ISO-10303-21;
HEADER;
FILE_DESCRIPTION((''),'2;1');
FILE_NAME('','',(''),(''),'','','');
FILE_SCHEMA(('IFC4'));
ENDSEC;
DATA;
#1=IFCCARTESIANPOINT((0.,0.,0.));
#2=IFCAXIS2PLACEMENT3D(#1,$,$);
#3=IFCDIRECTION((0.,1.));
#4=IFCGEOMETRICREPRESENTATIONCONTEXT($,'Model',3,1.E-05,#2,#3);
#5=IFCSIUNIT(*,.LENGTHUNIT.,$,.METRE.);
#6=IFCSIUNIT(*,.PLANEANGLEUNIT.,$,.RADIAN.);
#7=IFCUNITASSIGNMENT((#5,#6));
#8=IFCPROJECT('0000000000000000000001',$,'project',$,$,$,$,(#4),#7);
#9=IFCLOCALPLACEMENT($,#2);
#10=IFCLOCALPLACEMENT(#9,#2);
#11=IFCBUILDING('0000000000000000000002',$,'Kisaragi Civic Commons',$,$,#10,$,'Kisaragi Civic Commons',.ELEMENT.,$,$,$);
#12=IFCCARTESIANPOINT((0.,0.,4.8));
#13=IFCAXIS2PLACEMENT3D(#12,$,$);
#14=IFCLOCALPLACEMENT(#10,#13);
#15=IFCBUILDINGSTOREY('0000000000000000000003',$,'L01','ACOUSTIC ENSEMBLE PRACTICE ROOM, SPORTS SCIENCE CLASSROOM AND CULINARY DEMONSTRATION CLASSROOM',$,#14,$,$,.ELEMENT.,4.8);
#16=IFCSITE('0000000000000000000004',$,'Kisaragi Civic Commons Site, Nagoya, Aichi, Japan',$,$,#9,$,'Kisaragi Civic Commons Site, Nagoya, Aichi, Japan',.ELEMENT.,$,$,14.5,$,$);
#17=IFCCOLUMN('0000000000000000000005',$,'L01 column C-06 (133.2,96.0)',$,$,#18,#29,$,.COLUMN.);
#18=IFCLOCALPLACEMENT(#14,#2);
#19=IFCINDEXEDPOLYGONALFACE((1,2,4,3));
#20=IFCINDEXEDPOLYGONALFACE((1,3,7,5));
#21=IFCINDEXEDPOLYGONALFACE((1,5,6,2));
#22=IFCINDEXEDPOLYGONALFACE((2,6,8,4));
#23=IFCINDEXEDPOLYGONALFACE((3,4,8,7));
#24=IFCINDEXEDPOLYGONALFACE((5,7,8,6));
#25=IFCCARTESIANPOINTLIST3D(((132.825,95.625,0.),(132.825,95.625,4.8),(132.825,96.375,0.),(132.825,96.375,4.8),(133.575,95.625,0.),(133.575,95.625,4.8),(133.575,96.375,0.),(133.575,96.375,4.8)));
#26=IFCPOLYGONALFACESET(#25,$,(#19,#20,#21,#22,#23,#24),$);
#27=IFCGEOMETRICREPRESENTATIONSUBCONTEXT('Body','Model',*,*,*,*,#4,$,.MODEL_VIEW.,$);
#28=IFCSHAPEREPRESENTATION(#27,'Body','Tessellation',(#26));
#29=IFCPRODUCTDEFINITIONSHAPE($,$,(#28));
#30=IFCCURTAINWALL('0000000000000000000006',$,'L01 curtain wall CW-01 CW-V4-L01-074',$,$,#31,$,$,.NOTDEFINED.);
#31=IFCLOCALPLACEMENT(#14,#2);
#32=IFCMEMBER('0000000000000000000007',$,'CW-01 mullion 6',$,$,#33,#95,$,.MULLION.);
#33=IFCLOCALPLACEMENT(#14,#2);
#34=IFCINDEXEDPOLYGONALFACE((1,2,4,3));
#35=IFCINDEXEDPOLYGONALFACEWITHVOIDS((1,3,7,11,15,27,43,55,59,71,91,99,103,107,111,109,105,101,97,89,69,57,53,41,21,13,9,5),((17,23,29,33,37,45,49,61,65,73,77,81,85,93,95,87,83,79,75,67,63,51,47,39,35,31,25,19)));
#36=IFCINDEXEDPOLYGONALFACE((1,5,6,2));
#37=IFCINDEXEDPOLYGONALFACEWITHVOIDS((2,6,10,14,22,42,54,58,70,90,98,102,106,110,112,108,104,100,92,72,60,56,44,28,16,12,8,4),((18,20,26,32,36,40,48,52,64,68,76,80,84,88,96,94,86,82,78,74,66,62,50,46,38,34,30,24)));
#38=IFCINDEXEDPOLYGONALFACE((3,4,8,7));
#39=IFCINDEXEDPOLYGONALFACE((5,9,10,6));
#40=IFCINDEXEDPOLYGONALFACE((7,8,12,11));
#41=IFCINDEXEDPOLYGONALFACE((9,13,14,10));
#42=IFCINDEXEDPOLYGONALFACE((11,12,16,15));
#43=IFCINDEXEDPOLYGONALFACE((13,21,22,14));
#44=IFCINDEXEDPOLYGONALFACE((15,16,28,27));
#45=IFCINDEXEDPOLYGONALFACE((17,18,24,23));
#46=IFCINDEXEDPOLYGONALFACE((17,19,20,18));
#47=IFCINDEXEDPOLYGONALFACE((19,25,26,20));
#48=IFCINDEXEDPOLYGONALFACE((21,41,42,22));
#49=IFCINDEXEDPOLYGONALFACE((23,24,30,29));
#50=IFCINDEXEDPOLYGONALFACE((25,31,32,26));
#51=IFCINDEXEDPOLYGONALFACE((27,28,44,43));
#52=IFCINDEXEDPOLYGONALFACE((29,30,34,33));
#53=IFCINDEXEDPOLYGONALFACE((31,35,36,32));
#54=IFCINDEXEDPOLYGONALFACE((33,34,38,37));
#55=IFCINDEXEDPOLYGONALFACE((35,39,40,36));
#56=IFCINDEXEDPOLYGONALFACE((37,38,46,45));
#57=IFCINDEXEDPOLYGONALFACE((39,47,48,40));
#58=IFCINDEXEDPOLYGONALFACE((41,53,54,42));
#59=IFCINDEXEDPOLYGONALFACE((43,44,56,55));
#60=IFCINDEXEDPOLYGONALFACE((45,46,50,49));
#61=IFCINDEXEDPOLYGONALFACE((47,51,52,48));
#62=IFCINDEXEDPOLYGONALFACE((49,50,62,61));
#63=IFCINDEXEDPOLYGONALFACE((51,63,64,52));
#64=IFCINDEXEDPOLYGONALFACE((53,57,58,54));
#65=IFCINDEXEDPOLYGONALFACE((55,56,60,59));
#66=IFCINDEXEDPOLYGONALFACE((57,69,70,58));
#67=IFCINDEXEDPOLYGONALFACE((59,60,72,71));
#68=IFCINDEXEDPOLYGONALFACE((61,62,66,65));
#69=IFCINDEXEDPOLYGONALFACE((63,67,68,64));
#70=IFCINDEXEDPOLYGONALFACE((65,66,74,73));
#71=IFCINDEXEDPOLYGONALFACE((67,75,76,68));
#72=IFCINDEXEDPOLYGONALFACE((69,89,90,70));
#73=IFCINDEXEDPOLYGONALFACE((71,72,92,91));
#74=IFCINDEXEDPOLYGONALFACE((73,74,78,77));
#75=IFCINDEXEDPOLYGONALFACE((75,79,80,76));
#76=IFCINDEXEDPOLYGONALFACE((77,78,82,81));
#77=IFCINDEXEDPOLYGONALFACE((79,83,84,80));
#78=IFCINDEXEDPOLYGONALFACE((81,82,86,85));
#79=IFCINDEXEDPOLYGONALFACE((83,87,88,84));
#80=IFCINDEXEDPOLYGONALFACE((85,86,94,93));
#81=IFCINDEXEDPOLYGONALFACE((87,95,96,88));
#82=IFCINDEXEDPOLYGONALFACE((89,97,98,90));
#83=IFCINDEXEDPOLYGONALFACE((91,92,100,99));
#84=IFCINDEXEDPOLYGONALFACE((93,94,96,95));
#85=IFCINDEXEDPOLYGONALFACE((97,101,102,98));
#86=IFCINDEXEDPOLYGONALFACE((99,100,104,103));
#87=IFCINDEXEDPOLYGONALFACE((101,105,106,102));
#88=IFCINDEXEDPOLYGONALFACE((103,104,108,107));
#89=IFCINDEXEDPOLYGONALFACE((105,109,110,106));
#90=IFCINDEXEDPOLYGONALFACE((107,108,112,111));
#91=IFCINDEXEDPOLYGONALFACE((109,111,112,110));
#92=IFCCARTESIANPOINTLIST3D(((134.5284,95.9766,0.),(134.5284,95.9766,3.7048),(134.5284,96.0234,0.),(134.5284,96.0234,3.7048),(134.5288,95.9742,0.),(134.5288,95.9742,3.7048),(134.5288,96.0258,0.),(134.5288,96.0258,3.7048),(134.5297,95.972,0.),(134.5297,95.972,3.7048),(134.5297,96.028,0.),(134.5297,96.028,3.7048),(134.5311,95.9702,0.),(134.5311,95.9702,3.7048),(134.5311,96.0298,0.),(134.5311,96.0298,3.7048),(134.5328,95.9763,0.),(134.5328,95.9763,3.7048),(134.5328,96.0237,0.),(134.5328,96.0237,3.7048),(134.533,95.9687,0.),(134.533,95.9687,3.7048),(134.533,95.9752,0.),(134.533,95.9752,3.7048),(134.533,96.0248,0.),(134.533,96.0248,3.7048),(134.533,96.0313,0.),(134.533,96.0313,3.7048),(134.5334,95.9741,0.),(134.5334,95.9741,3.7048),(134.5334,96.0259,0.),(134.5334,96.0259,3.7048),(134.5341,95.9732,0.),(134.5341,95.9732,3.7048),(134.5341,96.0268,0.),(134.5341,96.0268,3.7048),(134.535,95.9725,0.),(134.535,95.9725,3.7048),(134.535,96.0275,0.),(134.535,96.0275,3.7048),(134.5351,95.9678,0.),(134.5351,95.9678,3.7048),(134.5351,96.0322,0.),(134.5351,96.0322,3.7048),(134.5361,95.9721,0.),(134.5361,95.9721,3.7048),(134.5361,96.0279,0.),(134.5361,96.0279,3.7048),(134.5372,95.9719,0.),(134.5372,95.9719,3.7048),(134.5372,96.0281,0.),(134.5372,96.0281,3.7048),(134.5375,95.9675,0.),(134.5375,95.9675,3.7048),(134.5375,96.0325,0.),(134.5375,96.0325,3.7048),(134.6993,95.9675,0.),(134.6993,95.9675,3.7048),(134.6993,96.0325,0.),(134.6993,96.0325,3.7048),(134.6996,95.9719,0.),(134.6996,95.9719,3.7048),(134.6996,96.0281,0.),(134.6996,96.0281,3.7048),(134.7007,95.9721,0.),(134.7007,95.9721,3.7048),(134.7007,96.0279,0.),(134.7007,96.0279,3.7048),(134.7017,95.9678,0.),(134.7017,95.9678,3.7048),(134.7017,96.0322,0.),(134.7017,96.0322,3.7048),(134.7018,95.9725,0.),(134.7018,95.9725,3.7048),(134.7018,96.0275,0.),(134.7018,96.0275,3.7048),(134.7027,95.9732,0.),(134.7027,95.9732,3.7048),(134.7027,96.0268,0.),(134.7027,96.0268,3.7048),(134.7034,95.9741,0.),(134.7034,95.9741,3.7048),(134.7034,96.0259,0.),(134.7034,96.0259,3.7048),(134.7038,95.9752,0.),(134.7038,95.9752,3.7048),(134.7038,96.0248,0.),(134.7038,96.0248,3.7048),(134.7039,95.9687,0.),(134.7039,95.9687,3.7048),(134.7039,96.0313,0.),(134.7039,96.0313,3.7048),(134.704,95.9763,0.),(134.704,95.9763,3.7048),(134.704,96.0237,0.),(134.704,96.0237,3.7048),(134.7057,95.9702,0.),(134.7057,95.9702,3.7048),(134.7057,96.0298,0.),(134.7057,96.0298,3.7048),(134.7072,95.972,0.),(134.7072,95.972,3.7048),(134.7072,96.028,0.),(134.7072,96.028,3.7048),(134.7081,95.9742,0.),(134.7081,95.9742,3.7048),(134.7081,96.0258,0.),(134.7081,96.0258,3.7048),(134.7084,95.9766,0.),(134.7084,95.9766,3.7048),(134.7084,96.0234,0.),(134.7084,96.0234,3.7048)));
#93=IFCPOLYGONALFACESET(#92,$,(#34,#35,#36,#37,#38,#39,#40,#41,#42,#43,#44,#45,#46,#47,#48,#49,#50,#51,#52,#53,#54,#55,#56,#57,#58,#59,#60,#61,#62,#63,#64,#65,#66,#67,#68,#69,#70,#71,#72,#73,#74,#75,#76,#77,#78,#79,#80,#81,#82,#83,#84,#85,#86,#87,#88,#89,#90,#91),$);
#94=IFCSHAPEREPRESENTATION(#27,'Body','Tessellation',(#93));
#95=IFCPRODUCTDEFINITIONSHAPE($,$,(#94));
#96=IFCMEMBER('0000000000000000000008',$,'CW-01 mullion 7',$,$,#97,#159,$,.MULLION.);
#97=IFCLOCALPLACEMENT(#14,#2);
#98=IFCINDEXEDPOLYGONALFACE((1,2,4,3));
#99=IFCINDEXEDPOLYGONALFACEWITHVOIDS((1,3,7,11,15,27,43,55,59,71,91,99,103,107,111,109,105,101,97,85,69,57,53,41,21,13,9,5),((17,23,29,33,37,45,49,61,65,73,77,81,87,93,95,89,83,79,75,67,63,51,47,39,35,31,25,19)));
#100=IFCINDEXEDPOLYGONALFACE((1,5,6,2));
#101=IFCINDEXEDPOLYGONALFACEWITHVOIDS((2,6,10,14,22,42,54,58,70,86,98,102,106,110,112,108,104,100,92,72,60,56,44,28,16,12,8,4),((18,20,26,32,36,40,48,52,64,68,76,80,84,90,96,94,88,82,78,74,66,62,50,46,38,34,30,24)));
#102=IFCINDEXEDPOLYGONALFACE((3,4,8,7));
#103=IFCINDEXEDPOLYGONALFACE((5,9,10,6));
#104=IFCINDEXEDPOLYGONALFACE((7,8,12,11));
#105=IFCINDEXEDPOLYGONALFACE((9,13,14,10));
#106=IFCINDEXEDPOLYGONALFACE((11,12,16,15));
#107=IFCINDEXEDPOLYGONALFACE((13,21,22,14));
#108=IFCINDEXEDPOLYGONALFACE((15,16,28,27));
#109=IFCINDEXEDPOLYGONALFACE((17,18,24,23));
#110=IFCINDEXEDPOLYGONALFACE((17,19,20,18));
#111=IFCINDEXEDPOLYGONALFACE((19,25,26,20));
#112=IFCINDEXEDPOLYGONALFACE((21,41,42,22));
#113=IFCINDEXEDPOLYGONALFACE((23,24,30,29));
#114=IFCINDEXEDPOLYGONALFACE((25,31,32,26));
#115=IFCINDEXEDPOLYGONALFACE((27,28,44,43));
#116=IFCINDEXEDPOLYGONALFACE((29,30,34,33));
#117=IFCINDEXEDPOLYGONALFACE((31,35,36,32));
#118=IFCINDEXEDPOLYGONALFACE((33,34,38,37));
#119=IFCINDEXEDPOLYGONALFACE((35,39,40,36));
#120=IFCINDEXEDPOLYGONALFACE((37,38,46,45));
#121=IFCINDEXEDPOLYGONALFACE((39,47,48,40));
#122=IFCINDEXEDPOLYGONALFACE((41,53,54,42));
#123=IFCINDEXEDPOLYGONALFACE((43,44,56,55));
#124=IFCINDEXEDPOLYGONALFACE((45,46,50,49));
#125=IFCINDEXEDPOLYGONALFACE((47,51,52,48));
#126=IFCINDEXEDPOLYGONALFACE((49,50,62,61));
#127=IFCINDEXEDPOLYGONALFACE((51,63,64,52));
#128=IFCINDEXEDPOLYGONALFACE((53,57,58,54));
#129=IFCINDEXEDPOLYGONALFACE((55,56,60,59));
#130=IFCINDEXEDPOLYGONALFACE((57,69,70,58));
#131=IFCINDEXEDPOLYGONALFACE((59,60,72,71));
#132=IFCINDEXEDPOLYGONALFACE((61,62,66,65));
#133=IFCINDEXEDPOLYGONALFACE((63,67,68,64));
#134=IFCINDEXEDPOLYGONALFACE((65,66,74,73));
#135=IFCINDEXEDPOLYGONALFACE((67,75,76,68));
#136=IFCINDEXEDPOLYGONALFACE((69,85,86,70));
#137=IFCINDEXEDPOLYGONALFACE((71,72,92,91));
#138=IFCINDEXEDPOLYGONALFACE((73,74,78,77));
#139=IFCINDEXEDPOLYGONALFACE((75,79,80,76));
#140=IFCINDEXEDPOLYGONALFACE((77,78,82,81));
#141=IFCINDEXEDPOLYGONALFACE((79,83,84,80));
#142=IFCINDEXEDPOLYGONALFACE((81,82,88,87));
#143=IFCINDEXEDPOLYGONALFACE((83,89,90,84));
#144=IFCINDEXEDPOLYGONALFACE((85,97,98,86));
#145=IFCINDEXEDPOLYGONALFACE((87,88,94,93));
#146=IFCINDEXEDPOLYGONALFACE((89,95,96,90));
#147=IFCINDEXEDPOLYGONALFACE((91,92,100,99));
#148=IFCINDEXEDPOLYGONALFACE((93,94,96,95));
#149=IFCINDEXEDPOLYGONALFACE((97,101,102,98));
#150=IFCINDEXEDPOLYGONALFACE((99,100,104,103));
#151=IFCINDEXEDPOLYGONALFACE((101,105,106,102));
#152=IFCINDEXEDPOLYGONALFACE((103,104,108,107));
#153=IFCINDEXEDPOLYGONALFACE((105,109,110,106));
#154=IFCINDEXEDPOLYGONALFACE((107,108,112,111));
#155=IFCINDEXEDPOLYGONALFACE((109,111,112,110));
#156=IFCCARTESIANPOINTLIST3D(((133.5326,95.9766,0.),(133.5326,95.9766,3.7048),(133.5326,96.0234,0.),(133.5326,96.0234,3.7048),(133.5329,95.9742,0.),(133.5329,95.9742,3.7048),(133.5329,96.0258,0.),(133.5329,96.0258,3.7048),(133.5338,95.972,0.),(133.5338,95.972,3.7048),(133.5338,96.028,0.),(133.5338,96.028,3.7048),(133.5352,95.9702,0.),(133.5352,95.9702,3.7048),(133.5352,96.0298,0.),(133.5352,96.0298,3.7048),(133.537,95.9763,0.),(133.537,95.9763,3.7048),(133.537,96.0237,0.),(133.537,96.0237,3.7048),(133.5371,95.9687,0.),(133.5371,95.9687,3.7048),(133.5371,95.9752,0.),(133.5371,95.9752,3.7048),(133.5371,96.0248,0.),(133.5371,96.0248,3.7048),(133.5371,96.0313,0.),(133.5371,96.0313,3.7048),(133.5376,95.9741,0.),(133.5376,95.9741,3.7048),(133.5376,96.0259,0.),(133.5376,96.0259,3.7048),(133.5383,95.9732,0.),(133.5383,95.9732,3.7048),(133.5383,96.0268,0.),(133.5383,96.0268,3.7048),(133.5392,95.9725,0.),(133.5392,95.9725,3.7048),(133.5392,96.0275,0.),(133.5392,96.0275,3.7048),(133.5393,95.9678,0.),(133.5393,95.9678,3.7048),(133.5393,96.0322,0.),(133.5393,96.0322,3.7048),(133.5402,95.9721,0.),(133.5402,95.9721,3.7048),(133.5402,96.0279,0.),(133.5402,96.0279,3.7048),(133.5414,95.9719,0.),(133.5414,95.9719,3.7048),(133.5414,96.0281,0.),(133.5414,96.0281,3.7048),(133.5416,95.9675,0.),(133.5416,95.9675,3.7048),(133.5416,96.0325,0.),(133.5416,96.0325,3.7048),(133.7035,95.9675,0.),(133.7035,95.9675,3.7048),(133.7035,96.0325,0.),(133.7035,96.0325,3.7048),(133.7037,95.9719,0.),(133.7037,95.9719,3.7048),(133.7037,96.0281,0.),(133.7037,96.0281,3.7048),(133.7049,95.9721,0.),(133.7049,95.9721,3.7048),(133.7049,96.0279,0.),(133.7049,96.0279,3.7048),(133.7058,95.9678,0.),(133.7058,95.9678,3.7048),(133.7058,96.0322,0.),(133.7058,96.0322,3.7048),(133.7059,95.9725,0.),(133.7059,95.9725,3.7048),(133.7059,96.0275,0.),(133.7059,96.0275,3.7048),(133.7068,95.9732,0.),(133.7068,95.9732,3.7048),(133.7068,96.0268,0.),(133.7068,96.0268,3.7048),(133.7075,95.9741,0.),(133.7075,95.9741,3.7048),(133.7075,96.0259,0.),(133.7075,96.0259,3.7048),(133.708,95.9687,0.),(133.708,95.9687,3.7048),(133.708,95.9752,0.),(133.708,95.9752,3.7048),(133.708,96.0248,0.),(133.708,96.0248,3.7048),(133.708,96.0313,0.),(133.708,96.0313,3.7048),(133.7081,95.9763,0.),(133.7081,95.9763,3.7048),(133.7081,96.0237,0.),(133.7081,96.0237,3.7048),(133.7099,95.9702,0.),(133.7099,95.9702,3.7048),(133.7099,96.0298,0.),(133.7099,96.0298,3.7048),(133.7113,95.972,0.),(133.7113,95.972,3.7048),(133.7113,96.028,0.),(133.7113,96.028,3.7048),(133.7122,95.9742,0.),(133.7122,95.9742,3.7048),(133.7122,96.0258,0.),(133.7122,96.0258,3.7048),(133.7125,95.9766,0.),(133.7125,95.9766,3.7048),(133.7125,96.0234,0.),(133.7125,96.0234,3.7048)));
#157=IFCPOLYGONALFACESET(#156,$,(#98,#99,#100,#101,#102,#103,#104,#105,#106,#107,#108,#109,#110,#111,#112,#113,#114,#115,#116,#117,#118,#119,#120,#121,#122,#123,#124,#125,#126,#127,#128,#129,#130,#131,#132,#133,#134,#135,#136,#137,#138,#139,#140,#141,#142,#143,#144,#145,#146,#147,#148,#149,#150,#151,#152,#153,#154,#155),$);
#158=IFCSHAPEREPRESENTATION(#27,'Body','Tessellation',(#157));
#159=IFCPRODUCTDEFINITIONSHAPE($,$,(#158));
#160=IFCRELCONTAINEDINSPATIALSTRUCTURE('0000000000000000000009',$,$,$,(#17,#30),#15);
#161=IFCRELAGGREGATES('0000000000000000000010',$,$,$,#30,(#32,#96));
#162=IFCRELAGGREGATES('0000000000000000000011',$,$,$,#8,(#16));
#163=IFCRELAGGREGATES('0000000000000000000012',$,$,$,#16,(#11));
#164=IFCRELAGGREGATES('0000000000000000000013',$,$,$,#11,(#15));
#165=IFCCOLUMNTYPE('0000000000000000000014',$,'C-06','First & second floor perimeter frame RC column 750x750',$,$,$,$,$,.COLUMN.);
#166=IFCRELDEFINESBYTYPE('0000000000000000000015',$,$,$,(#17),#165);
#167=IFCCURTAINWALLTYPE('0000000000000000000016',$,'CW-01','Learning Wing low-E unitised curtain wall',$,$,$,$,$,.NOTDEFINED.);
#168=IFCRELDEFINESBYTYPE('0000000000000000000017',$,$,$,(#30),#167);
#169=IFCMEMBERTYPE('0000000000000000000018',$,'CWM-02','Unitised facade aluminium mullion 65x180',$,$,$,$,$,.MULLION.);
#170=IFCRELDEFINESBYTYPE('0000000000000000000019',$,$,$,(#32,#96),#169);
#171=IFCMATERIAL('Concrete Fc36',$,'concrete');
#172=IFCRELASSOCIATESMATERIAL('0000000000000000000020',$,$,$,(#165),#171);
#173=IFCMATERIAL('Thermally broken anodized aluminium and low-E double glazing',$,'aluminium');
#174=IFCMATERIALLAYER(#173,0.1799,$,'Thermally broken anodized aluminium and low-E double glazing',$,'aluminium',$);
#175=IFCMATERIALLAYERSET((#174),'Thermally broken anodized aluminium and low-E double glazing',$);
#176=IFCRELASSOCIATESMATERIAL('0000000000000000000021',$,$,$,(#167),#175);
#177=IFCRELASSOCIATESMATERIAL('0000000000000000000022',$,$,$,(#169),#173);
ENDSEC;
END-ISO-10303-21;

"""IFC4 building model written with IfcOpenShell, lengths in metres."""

from ifc_helpers import new_model, si_unit, direction, frame, origin, origin_2d, place, context, subcontext, project, spatial, rectangle, hollow_rectangle, extrude, material, layer, layer_set, material_profile, profile_set, type_object, element, aggregate, save


model = new_model("IFC4")

# Units and contexts
model_context = context("Model", 3, precision=1e-05, world=origin(), true_north=direction((0.0, 1.0)))
body_context = subcontext(model_context, "Body", "Model", "MODEL_VIEW")
ifc_project = project(units=[si_unit("LENGTHUNIT", "METRE"), si_unit("PLANEANGLEUNIT", "RADIAN")], contexts=[model_context])

# Site, building, storey
site_placement = place(None, origin())
site = spatial("IfcSite", under=ifc_project, at=site_placement, Name="Kisaragi Civic Commons Site, Nagoya, Aichi, Japan", LongName="Kisaragi Civic Commons Site, Nagoya, Aichi, Japan", CompositionType="ELEMENT", RefElevation=14.5)
building_placement = place(site_placement, origin())
building = spatial("IfcBuilding", under=site, at=building_placement, Name="Kisaragi Civic Commons", LongName="Kisaragi Civic Commons", CompositionType="ELEMENT")
storey_placement = place(building_placement, frame((0.0, 0.0, 4.8)))
storey = spatial("IfcBuildingStorey", under=building, at=storey_placement, Name="L01", Description="ACOUSTIC ENSEMBLE PRACTICE ROOM, SPORTS SCIENCE CLASSROOM AND CULINARY DEMONSTRATION CLASSROOM", CompositionType="ELEMENT", Elevation=4.8)

# Column
ifc_material_1 = material(Name="Concrete Fc36", Category="concrete")
ifc_material_profile_1 = material_profile(ifc_material_1, rectangle(XDim=0.75, YDim=0.75, at=origin_2d()), Name="RC-750x750", Category="concrete")
ifc_profile_set_1 = profile_set([ifc_material_profile_1], Name="Concrete Fc36")
column_type = type_object("IfcColumnType", Name="C-06", Description="First & second floor perimeter frame RC column 750x750", PredefinedType="COLUMN", material=ifc_profile_set_1)
column_placement = place(storey_placement, frame((133.2, 96.0, 0.0), z_axis=(0.0, 0.0, 1.0), x_axis=(1.0, 0.0, 0.0)))
element("IfcColumn", 1, at=column_placement, inside=storey, type_object=column_type, Name="L01 column C-06 (133.2,96.0)", PredefinedType="COLUMN", context=body_context, shape_type="SweptSolid", body=[
    extrude(rectangle(XDim=0.75, YDim=0.75, at=origin_2d()), origin(), (0.0, 0.0, 1.0), 4.8),
])

# Curtain wall, members
ifc_material_2 = material(Name="Thermally broken anodized aluminium and low-E double glazing", Category="aluminium")
ifc_layer_1 = layer(ifc_material_2, 0.1799, Name="Thermally broken anodized aluminium and low-E double glazing", Category="aluminium")
ifc_layer_set_1 = layer_set([ifc_layer_1], Name="Thermally broken anodized aluminium and low-E double glazing")
curtain_wall_type = type_object("IfcCurtainWallType", Name="CW-01", Description="Learning Wing low-E unitised curtain wall", PredefinedType="NOTDEFINED", material=ifc_layer_set_1)
curtain_wall_1_placement = place(storey_placement, origin())
curtain_wall_1 = element("IfcCurtainWall", 2, at=curtain_wall_1_placement, inside=storey, type_object=curtain_wall_type, Name="L01 curtain wall CW-01 CW-V4-L01-074", PredefinedType="NOTDEFINED")
ifc_material_profile_2 = material_profile(ifc_material_2, hollow_rectangle(XDim=0.0649, YDim=0.1799, WallThickness=0.0044, InnerFilletRadius=0.0044, OuterFilletRadius=0.009, at=origin_2d()), Name="CWM-65x180x4.5", Category="aluminium")
ifc_profile_set_2 = profile_set([ifc_material_profile_2], Name="Thermally broken anodized aluminium and low-E double glazing")
member_type_1 = type_object("IfcMemberType", Name="CWM-02", Description="Unitised facade aluminium mullion 65x180", PredefinedType="MULLION", material=ifc_profile_set_2)
member_1_placement = place(storey_placement, frame((134.6184, 96.0, 0.0), z_axis=(0.0, 0.0, 1.0), x_axis=(0.0, -1.0, 0.0)))
member_1 = element("IfcMember", 3, at=member_1_placement, type_object=member_type_1, Name="CW-01 mullion 6", PredefinedType="MULLION", context=body_context, shape_type="SweptSolid", body=[
    extrude(hollow_rectangle(XDim=0.0649, YDim=0.1799, WallThickness=0.0044, InnerFilletRadius=0.0044, OuterFilletRadius=0.009, at=origin_2d()), origin(), (0.0, 0.0, 1.0), 3.7048),
])
member_2_placement = place(storey_placement, frame((133.6226, 96.0, 0.0), z_axis=(0.0, 0.0, 1.0), x_axis=(0.0, -1.0, 0.0)))
member_2 = element("IfcMember", 4, at=member_2_placement, type_object=member_type_1, Name="CW-01 mullion 7", PredefinedType="MULLION", context=body_context, shape_type="SweptSolid", body=[
    extrude(hollow_rectangle(XDim=0.0649, YDim=0.1799, WallThickness=0.0044, InnerFilletRadius=0.0044, OuterFilletRadius=0.009, at=origin_2d()), origin(), (0.0, 0.0, 1.0), 3.7048),
])

aggregate(curtain_wall_1, [member_1, member_2])

save(model, "model.ifc")
